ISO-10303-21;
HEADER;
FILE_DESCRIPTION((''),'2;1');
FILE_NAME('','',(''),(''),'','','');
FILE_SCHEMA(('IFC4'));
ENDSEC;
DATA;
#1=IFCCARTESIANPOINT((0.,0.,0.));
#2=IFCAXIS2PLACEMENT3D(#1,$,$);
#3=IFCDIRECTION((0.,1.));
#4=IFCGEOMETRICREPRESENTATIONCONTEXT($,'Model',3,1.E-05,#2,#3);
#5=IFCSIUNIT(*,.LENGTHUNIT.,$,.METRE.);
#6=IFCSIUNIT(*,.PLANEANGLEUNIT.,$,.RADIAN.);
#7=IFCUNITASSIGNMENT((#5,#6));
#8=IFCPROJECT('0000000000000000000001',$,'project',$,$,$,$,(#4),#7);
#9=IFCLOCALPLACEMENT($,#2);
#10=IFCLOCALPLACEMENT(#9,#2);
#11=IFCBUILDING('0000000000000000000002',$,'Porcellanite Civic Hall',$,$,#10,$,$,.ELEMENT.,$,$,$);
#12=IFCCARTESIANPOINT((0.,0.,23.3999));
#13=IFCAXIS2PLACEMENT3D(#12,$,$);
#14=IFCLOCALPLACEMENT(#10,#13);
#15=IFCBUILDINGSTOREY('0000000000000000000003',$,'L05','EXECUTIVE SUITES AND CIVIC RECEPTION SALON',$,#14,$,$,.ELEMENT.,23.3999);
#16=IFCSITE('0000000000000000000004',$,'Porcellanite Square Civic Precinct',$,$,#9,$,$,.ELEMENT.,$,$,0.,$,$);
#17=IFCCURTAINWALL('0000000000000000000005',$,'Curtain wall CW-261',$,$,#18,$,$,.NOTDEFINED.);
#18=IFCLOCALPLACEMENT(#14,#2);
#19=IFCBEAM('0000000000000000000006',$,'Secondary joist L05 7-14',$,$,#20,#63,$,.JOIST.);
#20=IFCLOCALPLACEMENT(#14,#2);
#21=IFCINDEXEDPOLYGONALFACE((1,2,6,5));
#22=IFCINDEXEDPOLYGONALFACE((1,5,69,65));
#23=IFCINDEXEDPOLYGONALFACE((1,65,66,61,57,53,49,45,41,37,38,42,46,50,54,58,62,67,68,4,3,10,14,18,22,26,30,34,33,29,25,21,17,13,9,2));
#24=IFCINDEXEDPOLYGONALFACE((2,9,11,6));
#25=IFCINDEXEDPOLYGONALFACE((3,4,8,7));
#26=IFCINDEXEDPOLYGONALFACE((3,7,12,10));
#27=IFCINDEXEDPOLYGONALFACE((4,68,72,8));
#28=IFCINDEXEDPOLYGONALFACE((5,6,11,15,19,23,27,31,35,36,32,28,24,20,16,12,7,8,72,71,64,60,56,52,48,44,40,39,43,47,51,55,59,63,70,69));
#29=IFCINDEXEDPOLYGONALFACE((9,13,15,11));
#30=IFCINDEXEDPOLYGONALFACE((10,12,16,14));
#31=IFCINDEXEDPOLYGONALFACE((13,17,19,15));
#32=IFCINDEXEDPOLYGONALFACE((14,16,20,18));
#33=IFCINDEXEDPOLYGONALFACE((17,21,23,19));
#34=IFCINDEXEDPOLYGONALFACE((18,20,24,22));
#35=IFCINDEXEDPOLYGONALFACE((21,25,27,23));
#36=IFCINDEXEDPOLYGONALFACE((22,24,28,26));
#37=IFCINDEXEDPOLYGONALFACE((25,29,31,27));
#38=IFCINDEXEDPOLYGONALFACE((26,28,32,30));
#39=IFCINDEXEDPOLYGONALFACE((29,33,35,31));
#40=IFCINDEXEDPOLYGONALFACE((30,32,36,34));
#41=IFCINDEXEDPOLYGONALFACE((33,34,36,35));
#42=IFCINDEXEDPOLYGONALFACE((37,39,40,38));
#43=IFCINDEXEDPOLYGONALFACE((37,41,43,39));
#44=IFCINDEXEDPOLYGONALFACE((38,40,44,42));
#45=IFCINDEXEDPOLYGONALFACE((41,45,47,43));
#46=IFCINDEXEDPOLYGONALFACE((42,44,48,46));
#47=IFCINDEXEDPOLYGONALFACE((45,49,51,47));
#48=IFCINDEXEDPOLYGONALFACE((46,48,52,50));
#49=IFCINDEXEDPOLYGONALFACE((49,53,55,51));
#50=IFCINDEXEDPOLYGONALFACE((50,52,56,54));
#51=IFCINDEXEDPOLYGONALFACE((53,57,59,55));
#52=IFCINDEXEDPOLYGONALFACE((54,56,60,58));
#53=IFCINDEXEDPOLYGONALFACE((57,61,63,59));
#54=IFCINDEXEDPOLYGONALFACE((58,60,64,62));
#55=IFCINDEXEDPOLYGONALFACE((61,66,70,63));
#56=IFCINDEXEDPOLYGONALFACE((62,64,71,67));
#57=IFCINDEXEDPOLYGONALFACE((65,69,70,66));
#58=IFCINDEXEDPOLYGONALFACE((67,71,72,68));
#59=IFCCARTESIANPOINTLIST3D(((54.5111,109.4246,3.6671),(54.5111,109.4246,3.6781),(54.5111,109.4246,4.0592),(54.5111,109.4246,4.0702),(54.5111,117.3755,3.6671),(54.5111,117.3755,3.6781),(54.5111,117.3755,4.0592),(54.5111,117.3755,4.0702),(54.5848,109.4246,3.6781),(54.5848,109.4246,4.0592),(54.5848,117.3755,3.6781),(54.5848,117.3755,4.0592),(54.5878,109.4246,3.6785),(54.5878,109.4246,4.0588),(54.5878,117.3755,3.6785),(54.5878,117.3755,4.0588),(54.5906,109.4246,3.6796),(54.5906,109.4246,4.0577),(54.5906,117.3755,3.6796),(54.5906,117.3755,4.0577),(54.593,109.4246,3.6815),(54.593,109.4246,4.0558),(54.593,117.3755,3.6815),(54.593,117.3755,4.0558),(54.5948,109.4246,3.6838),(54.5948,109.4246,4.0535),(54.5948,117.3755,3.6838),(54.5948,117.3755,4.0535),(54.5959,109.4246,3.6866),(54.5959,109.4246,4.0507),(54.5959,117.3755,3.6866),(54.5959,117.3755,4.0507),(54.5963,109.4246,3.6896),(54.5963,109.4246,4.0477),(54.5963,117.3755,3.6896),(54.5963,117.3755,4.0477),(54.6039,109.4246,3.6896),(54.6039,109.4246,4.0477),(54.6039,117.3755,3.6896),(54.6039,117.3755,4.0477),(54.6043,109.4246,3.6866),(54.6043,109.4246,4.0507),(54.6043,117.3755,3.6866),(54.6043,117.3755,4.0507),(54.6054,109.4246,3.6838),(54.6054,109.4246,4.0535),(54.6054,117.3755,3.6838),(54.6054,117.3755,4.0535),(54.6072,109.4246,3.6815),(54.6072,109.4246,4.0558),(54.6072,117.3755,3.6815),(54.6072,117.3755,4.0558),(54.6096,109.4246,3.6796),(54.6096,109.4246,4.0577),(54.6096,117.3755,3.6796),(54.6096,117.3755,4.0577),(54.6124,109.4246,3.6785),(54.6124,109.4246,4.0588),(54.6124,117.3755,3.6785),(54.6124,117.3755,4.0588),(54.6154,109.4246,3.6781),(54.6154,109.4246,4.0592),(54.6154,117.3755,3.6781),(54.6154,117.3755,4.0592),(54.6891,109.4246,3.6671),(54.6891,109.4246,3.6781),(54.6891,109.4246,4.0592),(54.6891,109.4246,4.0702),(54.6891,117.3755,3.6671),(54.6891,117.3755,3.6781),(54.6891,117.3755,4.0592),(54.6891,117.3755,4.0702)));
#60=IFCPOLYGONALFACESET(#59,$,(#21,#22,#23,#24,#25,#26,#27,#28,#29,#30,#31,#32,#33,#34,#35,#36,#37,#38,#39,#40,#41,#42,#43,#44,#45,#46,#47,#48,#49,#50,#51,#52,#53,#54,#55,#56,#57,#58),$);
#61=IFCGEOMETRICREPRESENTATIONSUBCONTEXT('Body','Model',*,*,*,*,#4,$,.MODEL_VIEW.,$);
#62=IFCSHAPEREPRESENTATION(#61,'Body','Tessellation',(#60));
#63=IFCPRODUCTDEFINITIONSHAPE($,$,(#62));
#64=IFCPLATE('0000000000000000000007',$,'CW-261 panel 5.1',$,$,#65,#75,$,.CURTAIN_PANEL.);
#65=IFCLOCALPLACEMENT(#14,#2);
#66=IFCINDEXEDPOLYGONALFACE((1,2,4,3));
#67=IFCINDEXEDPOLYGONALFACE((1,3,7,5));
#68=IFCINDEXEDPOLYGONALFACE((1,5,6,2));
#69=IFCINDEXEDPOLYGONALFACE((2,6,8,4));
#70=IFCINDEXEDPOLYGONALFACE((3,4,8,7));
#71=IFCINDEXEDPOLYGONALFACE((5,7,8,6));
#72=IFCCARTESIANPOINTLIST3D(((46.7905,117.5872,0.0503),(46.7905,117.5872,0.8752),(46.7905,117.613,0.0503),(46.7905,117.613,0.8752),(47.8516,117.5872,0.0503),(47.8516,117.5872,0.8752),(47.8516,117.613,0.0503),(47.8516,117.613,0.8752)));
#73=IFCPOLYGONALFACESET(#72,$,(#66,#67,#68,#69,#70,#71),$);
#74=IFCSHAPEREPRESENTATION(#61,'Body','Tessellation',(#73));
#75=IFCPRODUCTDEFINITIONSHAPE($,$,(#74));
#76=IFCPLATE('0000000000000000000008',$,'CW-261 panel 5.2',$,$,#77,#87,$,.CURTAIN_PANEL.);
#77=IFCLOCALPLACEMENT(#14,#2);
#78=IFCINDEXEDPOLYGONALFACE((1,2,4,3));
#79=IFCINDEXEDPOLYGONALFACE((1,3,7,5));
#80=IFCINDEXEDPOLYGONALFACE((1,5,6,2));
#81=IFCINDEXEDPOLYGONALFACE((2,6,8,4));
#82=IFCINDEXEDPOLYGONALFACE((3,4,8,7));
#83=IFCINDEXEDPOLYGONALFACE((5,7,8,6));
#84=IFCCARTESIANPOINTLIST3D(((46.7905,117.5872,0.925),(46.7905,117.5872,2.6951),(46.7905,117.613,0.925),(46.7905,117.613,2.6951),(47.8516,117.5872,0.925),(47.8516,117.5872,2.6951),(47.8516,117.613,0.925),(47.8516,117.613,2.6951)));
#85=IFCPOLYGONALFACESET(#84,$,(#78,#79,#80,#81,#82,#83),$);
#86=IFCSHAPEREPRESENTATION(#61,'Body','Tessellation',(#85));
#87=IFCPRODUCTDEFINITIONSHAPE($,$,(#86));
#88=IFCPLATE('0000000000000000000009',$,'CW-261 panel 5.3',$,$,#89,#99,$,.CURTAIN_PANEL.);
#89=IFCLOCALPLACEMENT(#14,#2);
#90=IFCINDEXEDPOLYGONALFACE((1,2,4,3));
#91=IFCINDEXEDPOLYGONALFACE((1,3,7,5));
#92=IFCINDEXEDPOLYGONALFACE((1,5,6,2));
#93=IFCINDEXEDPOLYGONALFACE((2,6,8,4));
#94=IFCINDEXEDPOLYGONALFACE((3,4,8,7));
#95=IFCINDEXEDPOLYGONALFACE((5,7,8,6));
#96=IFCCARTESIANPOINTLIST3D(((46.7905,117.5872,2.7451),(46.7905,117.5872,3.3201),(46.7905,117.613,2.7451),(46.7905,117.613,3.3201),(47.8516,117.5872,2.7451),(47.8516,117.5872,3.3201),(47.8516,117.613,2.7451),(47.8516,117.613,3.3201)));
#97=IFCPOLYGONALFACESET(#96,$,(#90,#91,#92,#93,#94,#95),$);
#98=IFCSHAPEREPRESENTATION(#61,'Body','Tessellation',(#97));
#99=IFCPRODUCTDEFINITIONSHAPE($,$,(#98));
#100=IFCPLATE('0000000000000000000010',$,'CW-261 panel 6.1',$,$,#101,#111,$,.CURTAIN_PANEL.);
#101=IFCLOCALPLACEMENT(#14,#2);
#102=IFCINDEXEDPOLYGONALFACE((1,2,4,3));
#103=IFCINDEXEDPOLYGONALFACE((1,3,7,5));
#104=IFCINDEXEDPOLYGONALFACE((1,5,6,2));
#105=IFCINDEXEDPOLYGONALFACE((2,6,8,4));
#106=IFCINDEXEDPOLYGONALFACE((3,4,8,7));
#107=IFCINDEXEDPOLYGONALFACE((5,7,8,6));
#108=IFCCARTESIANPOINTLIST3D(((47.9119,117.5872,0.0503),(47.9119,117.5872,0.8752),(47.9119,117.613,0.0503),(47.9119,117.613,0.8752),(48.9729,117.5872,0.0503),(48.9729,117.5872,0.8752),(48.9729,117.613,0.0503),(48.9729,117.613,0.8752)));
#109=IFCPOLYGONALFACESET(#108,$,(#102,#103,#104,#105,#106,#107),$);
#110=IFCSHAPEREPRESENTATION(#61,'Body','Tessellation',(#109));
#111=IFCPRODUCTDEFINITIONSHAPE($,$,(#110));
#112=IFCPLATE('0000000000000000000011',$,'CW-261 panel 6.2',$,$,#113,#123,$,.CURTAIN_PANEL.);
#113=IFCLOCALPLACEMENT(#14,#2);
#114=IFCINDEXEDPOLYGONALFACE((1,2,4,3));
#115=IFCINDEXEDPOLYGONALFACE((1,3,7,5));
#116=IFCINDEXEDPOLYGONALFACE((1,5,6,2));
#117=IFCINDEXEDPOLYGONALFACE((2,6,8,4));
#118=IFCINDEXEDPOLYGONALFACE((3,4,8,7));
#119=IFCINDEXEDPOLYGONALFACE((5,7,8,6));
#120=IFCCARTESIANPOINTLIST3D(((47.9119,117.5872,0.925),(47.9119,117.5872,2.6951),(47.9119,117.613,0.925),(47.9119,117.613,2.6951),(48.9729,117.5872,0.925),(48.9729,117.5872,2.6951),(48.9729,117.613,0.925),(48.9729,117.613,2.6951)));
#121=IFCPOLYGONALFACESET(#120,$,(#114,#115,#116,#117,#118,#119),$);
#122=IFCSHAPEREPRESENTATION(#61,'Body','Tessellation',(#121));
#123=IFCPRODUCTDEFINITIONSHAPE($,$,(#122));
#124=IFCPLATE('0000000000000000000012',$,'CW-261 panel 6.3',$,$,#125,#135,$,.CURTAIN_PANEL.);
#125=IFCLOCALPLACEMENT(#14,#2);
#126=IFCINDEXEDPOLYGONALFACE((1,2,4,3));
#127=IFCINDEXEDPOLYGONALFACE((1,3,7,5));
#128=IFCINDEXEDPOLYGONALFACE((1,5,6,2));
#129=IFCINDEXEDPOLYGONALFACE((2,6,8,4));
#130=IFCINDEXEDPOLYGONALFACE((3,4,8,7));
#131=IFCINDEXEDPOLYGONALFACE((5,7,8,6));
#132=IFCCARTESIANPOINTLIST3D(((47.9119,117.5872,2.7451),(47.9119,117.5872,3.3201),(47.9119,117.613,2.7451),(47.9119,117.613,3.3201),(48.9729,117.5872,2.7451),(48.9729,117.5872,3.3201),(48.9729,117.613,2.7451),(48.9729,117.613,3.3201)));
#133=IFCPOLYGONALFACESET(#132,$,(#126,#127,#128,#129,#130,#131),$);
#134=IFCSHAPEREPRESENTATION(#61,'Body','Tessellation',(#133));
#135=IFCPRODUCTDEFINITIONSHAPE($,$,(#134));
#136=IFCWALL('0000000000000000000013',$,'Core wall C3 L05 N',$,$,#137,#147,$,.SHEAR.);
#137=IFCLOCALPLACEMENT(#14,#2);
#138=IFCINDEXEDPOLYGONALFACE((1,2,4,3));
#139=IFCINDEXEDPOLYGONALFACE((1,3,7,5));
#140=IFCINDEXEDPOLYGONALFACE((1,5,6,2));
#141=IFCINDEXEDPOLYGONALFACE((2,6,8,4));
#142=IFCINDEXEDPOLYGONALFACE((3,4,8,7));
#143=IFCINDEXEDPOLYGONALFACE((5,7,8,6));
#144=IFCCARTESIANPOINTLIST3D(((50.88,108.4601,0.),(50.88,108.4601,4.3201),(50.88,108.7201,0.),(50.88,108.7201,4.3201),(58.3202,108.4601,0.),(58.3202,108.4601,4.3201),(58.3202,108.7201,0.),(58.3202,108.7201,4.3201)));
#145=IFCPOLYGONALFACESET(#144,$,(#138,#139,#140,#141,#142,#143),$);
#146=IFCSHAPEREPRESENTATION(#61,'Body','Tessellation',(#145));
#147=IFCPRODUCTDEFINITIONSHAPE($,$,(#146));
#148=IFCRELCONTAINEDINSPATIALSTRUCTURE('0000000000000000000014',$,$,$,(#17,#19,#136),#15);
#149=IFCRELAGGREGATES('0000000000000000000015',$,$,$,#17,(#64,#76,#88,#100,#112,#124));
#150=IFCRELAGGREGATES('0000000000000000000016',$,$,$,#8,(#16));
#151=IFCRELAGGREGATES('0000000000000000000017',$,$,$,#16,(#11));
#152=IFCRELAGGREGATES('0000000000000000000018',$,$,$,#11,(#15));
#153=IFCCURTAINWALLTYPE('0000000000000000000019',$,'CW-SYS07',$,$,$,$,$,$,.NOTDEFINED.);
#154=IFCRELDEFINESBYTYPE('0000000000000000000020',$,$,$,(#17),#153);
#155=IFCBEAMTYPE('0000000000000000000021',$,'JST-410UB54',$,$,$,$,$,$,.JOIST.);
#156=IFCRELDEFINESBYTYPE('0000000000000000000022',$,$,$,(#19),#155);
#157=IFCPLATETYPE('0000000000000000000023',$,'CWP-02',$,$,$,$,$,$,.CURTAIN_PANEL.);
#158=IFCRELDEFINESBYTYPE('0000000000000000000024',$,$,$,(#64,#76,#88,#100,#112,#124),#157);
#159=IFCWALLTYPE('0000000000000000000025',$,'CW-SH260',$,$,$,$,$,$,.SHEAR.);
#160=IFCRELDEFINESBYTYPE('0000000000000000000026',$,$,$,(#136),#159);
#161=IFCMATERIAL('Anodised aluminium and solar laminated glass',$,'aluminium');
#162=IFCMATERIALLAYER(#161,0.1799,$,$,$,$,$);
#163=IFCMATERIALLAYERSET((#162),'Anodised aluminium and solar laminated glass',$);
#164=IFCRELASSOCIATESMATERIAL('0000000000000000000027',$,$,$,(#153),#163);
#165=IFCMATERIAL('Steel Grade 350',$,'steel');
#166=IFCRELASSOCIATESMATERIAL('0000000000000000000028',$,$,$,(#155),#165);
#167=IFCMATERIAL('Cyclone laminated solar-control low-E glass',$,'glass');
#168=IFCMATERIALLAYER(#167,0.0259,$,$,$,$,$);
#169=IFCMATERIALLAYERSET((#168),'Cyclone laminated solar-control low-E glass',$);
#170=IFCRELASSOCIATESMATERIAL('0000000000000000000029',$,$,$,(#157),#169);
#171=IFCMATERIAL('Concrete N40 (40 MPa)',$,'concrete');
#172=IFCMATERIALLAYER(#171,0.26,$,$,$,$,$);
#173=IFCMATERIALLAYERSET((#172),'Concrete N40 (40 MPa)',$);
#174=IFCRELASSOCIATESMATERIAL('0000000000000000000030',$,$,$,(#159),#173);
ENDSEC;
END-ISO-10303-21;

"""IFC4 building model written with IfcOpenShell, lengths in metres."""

from ifc_helpers import new_model, si_unit, direction, frame, frame_2d, origin, origin_2d, place, context, subcontext, project, spatial, rectangle, i_section, extrude, material, layer, layer_set, material_profile, profile_set, type_object, element, aggregate, save


model = new_model("IFC4")

# Units and contexts
model_context = context("Model", 3, precision=1e-05, world=origin(), true_north=direction((0.0, 1.0)))
body_context = subcontext(model_context, "Body", "Model", "MODEL_VIEW")
ifc_project = project(units=[si_unit("LENGTHUNIT", "METRE"), si_unit("PLANEANGLEUNIT", "RADIAN")], contexts=[model_context])

# Site, building, storey
site_placement = place(None, origin())
site = spatial("IfcSite", under=ifc_project, at=site_placement, Name="Porcellanite Square Civic Precinct", CompositionType="ELEMENT", RefElevation=0.0)
building_placement = place(site_placement, origin())
building = spatial("IfcBuilding", under=site, at=building_placement, Name="Porcellanite Civic Hall", CompositionType="ELEMENT")
storey_placement = place(building_placement, frame((0.0, 0.0, 23.3999)))
storey = spatial("IfcBuildingStorey", under=building, at=storey_placement, Name="L05", Description="EXECUTIVE SUITES AND CIVIC RECEPTION SALON", CompositionType="ELEMENT", Elevation=23.3999)

# Curtain wall
ifc_material_1 = material(Name="Anodised aluminium and solar laminated glass", Category="aluminium")
ifc_layer_1 = layer(ifc_material_1, 0.1799)
ifc_layer_set_1 = layer_set([ifc_layer_1], Name="Anodised aluminium and solar laminated glass")
curtain_wall_type = type_object("IfcCurtainWallType", Name="CW-SYS07", PredefinedType="NOTDEFINED", material=ifc_layer_set_1)
curtain_wall_placement = place(storey_placement, origin())
curtain_wall = element("IfcCurtainWall", 1, at=curtain_wall_placement, inside=storey, type_object=curtain_wall_type, Name="Curtain wall CW-261", PredefinedType="NOTDEFINED")

# Beam
ifc_material_2 = material(Name="Steel Grade 350", Category="steel")
ifc_material_profile_1 = material_profile(ifc_material_2, i_section(OverallWidth=0.178, OverallDepth=0.4031, WebThickness=0.0076, FlangeThickness=0.011, FilletRadius=0.0115, at=origin_2d()), Name="410UB53.7")
ifc_profile_set_1 = profile_set([ifc_material_profile_1], Name="Steel Grade 350")
beam_type_1 = type_object("IfcBeamType", Name="JST-410UB54", PredefinedType="JOIST", material=ifc_profile_set_1)
beam_1_placement = place(storey_placement, frame((54.6001, 109.4246, 3.8687), z_axis=(0.0, 1.0, 0.0), x_axis=(-1.0, 0.0, 0.0)))
element("IfcBeam", 2, at=beam_1_placement, inside=storey, type_object=beam_type_1, Name="Secondary joist L05 7-14", PredefinedType="JOIST", context=body_context, shape_type="SweptSolid", body=[
    extrude(i_section(OverallWidth=0.178, OverallDepth=0.4031, WebThickness=0.0076, FlangeThickness=0.011, FilletRadius=0.0115, at=origin_2d()), origin(), (0.0, 0.0, 1.0), 7.9509),
])

# Plates
ifc_material_3 = material(Name="Cyclone laminated solar-control low-E glass", Category="glass")
ifc_layer_2 = layer(ifc_material_3, 0.0259)
ifc_layer_set_2 = layer_set([ifc_layer_2], Name="Cyclone laminated solar-control low-E glass")
plate_type = type_object("IfcPlateType", Name="CWP-02", PredefinedType="CURTAIN_PANEL", material=ifc_layer_set_2)
plate_1_placement = place(storey_placement, frame((47.321, 117.6001, 0.0503), z_axis=(0.0, 0.0, 1.0), x_axis=(1.0, 0.0, 0.0)))
plate_1 = element("IfcPlate", 3, at=plate_1_placement, type_object=plate_type, Name="CW-261 panel 5.1", PredefinedType="CURTAIN_PANEL", context=body_context, shape_type="SweptSolid", body=[
    extrude(rectangle(XDim=1.061, YDim=0.0259, at=origin_2d()), origin(), (0.0, 0.0, 1.0), 0.825),
])
plate_2_placement = place(storey_placement, frame((47.321, 117.6001, 0.925), z_axis=(0.0, 0.0, 1.0), x_axis=(1.0, 0.0, 0.0)))
plate_2 = element("IfcPlate", 4, at=plate_2_placement, type_object=plate_type, Name="CW-261 panel 5.2", PredefinedType="CURTAIN_PANEL", context=body_context, shape_type="SweptSolid", body=[
    extrude(rectangle(XDim=1.061, YDim=0.0259, at=origin_2d()), origin(), (0.0, 0.0, 1.0), 1.77),
])
plate_3_placement = place(storey_placement, frame((47.321, 117.6001, 2.7451), z_axis=(0.0, 0.0, 1.0), x_axis=(1.0, 0.0, 0.0)))
plate_3 = element("IfcPlate", 5, at=plate_3_placement, type_object=plate_type, Name="CW-261 panel 5.3", PredefinedType="CURTAIN_PANEL", context=body_context, shape_type="SweptSolid", body=[
    extrude(rectangle(XDim=1.061, YDim=0.0259, at=origin_2d()), origin(), (0.0, 0.0, 1.0), 0.575),
])
plate_4_placement = place(storey_placement, frame((48.4424, 117.6001, 0.0503), z_axis=(0.0, 0.0, 1.0), x_axis=(1.0, 0.0, 0.0)))
plate_4 = element("IfcPlate", 6, at=plate_4_placement, type_object=plate_type, Name="CW-261 panel 6.1", PredefinedType="CURTAIN_PANEL", context=body_context, shape_type="SweptSolid", body=[
    extrude(rectangle(XDim=1.061, YDim=0.0259, at=origin_2d()), origin(), (0.0, 0.0, 1.0), 0.825),
])
plate_5_placement = place(storey_placement, frame((48.4424, 117.6001, 0.925), z_axis=(0.0, 0.0, 1.0), x_axis=(1.0, 0.0, 0.0)))
plate_5 = element("IfcPlate", 7, at=plate_5_placement, type_object=plate_type, Name="CW-261 panel 6.2", PredefinedType="CURTAIN_PANEL", context=body_context, shape_type="SweptSolid", body=[
    extrude(rectangle(XDim=1.061, YDim=0.0259, at=origin_2d()), origin(), (0.0, 0.0, 1.0), 1.77),
])
plate_6_placement = place(storey_placement, frame((48.4424, 117.6001, 2.7451), z_axis=(0.0, 0.0, 1.0), x_axis=(1.0, 0.0, 0.0)))
plate_6 = element("IfcPlate", 8, at=plate_6_placement, type_object=plate_type, Name="CW-261 panel 6.3", PredefinedType="CURTAIN_PANEL", context=body_context, shape_type="SweptSolid", body=[
    extrude(rectangle(XDim=1.061, YDim=0.0259, at=origin_2d()), origin(), (0.0, 0.0, 1.0), 0.575),
])
aggregate(curtain_wall, [plate_1, plate_2, plate_3, plate_4, plate_5, plate_6])

# Wall
ifc_material_4 = material(Name="Concrete N40 (40 MPa)", Category="concrete")
ifc_layer_3 = layer(ifc_material_4, 0.26)
ifc_layer_set_3 = layer_set([ifc_layer_3], Name="Concrete N40 (40 MPa)")
wall_type_1 = type_object("IfcWallType", Name="CW-SH260", PredefinedType="SHEAR", material=ifc_layer_set_3)
wall_1_placement = place(storey_placement, frame((50.8799, 108.5901, 0.0), z_axis=(0.0, 0.0, 1.0), x_axis=(1.0, 0.0, 0.0)))
element("IfcWall", 9, at=wall_1_placement, inside=storey, type_object=wall_type_1, Name="Core wall C3 L05 N", PredefinedType="SHEAR", context=body_context, shape_type="SweptSolid", body=[
    extrude(rectangle(XDim=7.4402, YDim=0.26, at=frame_2d((3.7202, 0.0))), origin(), (0.0, 0.0, 1.0), 4.3201),
])

save(model, "model.ifc")
